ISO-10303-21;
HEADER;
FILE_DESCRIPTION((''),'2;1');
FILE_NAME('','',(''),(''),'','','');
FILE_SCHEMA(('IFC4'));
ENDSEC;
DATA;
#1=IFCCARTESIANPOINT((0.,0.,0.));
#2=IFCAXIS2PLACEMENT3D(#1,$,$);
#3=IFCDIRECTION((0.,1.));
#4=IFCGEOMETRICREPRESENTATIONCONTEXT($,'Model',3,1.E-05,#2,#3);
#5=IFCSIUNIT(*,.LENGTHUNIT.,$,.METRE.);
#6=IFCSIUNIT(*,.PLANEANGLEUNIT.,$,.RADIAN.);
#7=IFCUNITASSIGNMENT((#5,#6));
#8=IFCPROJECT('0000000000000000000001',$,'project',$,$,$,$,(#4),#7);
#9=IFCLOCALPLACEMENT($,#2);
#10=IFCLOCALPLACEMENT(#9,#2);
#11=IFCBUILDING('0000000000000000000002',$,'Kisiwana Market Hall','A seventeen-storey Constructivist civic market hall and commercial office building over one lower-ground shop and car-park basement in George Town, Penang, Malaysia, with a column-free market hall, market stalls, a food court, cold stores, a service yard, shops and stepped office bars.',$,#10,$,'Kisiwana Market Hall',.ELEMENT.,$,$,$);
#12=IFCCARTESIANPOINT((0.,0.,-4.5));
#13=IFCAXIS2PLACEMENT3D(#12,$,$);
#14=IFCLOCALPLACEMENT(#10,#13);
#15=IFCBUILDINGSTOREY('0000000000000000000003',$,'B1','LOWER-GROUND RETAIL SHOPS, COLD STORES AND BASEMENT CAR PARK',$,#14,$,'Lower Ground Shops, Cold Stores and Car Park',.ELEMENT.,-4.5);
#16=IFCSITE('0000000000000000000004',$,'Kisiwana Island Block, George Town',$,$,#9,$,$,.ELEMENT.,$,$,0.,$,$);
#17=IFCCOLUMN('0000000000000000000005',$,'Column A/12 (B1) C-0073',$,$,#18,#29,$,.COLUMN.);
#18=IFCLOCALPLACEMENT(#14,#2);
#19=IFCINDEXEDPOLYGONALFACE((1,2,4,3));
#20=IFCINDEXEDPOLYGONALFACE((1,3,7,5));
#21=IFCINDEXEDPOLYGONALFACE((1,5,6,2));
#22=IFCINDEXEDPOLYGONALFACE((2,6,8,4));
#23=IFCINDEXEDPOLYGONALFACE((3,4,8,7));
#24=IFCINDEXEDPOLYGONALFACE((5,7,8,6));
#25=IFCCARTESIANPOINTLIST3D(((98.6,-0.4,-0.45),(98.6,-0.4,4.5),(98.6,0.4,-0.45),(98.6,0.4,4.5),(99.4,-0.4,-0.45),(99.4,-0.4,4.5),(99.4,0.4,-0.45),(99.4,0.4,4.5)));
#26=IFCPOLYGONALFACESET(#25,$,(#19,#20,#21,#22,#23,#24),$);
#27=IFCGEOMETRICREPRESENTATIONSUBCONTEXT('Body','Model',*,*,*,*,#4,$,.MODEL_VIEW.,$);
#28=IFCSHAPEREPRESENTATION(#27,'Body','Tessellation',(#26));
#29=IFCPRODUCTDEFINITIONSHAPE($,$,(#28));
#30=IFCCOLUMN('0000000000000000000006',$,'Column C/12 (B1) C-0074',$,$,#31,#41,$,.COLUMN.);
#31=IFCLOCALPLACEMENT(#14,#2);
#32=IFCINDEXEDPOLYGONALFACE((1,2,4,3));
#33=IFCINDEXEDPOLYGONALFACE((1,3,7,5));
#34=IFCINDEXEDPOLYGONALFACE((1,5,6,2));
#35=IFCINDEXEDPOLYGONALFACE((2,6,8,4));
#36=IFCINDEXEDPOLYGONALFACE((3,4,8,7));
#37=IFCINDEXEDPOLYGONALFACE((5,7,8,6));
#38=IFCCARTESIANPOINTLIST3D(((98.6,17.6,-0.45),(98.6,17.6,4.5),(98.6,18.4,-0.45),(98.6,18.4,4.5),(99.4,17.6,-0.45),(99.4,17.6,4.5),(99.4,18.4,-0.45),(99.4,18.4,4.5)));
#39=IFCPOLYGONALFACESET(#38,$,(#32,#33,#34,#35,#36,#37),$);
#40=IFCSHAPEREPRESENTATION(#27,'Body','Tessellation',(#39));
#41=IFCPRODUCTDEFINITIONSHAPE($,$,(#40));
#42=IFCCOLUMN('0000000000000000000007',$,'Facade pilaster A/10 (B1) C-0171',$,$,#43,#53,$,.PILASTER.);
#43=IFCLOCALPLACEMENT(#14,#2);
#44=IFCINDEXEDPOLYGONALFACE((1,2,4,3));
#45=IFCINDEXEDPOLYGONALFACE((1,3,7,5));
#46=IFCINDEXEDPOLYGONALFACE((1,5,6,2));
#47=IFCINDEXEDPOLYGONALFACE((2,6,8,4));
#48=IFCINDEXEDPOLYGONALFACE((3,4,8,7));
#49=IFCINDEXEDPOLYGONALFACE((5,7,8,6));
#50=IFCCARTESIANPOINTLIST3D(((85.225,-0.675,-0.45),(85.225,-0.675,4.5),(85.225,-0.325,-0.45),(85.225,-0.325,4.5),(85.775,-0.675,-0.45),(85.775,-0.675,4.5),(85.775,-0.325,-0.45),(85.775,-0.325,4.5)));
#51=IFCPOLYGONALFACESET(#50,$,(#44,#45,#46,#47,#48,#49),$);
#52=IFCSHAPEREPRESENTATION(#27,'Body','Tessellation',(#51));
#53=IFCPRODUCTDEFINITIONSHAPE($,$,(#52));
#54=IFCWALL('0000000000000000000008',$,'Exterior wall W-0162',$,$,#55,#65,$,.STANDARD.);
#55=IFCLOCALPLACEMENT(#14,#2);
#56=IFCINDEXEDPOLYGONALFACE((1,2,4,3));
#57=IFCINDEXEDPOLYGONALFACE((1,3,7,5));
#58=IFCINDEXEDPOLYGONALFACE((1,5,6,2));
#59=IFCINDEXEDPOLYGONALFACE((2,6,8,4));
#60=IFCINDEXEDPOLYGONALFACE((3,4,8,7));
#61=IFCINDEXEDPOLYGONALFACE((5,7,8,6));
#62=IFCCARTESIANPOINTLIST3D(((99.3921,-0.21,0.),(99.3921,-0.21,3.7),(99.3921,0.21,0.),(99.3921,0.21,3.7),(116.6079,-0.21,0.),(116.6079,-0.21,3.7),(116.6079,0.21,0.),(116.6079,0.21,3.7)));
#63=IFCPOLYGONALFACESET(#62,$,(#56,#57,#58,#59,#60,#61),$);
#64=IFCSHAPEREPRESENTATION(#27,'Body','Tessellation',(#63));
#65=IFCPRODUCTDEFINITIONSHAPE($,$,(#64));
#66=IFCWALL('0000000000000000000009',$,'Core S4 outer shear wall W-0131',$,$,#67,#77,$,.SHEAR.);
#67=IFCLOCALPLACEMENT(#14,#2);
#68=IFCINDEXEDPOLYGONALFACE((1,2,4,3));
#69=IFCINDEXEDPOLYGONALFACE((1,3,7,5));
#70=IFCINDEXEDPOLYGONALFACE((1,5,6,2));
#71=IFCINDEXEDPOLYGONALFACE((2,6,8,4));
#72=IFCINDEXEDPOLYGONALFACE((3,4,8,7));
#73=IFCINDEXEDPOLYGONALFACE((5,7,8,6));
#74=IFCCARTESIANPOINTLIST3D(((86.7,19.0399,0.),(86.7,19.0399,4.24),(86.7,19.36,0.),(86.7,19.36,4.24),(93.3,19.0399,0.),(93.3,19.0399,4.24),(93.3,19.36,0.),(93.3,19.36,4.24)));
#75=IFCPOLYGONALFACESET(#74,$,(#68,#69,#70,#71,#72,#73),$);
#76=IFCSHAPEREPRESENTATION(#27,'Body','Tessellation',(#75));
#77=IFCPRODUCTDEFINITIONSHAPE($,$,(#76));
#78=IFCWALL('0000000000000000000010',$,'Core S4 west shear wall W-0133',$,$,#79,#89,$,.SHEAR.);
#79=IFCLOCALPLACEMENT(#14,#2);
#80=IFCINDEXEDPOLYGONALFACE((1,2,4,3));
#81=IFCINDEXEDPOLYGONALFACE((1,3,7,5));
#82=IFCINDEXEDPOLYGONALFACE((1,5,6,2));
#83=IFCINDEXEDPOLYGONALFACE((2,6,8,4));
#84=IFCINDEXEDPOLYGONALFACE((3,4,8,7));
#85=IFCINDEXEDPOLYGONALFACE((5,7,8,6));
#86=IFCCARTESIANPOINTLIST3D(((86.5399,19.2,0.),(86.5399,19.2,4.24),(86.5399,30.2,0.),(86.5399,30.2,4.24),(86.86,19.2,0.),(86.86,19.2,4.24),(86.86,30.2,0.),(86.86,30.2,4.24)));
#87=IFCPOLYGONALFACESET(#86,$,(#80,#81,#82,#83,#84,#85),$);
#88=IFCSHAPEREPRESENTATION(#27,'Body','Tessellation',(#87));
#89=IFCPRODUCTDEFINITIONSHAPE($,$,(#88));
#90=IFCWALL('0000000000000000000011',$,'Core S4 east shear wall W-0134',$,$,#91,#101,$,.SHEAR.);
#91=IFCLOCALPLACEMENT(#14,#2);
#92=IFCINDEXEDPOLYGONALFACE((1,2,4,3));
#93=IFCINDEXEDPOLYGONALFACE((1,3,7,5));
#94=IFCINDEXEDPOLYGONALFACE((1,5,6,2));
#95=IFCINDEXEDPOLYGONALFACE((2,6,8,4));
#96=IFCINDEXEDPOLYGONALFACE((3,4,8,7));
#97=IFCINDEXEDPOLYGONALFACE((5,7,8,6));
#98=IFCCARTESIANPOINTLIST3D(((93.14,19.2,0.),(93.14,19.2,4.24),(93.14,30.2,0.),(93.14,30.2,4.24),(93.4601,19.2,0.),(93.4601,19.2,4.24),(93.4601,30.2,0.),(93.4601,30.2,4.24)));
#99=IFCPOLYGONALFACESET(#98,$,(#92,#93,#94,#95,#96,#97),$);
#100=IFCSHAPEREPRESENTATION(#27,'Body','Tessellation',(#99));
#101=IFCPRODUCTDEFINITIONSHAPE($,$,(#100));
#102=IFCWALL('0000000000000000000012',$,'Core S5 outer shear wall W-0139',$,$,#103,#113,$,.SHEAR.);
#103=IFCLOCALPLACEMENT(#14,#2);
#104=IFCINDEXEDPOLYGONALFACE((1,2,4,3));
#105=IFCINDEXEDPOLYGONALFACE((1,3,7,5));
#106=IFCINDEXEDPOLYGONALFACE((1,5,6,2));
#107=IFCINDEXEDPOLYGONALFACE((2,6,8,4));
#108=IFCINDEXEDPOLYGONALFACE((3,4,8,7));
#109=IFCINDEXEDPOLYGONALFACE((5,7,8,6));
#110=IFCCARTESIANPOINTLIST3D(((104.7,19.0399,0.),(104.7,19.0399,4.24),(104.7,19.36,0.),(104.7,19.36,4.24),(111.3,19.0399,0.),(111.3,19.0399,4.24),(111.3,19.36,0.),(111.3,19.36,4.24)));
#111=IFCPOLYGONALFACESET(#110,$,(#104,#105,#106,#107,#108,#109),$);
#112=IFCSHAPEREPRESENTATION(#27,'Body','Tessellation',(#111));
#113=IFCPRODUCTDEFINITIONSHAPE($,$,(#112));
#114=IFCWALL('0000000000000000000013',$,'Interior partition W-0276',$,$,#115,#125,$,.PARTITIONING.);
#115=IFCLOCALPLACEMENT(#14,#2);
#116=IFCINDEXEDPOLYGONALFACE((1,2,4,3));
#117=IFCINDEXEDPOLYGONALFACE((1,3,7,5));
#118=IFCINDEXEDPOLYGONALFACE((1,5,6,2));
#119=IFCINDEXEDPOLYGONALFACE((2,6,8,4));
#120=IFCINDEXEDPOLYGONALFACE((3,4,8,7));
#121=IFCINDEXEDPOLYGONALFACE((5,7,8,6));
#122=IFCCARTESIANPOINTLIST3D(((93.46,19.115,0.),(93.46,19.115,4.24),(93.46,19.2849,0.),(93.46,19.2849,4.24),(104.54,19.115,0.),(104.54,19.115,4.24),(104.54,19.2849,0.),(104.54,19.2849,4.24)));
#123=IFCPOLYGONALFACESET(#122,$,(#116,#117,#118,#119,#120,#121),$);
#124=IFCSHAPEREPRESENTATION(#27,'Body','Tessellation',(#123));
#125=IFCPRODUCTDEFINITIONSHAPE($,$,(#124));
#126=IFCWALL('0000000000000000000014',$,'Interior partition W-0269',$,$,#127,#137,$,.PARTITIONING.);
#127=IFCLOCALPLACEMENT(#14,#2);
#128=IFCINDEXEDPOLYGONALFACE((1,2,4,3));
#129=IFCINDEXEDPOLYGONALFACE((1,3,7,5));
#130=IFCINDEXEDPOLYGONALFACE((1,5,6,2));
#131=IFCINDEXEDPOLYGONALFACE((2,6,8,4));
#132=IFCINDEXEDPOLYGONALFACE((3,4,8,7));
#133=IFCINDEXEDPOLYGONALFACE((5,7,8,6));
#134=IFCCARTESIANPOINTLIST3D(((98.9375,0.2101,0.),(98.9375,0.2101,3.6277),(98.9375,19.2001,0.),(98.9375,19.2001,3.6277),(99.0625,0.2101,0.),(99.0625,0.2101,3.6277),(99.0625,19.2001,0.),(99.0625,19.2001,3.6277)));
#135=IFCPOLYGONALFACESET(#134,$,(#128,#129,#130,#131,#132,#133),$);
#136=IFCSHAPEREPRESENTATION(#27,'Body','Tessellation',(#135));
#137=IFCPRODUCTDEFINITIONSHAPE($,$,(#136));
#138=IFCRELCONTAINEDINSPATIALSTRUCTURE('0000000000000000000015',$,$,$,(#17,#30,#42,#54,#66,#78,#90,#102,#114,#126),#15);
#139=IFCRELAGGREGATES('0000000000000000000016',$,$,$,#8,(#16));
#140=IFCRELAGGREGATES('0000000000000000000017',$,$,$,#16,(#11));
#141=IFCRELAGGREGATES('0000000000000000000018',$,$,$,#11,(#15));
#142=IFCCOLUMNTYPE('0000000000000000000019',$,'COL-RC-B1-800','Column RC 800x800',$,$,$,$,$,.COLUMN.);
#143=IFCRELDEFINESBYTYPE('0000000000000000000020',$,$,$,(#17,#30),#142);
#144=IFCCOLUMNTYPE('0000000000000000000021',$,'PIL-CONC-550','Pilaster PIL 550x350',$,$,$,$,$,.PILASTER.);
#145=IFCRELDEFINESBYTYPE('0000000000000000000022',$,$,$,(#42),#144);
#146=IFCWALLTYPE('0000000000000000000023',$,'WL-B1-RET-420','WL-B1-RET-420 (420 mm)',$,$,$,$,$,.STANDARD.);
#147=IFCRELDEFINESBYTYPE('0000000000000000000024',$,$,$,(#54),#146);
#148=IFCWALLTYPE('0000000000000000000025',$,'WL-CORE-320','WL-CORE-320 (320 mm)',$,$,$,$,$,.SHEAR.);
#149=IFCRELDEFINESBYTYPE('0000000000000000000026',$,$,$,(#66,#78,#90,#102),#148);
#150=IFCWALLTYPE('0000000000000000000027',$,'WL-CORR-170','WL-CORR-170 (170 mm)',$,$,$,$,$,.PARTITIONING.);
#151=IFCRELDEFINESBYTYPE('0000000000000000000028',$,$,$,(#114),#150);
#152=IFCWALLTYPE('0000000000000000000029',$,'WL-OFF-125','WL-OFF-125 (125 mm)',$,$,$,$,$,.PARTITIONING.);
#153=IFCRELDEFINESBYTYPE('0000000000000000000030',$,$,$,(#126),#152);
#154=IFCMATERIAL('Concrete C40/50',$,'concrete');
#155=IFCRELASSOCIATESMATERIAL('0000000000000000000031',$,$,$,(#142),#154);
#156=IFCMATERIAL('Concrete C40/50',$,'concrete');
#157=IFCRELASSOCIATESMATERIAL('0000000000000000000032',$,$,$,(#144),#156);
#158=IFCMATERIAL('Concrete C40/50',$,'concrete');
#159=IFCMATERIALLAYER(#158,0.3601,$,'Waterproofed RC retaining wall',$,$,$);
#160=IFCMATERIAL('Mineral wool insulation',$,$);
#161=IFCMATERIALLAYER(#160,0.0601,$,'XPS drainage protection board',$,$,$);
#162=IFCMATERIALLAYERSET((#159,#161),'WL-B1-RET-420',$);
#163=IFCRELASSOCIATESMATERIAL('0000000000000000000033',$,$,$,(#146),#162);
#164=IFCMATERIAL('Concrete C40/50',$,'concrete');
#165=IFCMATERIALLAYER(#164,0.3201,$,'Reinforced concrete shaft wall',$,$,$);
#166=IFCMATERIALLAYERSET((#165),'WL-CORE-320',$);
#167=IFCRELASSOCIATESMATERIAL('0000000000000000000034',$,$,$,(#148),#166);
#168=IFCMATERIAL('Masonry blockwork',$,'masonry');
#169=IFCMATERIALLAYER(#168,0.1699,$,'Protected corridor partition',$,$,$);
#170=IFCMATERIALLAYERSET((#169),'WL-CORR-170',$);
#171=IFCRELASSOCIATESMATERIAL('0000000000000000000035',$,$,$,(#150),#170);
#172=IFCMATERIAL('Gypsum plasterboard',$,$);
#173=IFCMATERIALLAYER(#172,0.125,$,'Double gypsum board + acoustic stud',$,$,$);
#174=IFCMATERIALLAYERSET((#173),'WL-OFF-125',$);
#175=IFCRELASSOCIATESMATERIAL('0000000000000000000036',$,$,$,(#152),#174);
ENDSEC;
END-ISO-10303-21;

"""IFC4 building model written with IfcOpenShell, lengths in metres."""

from ifc_helpers import new_model, si_unit, direction, frame, frame_2d, origin, origin_2d, place, context, subcontext, project, spatial, rectangle, extrude, material, layer, layer_set, material_profile, profile_set, type_object, element, save


model = new_model("IFC4")

# Units and contexts
model_context = context("Model", 3, precision=1e-05, world=origin(), true_north=direction((0.0, 1.0)))
body_context = subcontext(model_context, "Body", "Model", "MODEL_VIEW")
ifc_project = project(units=[si_unit("LENGTHUNIT", "METRE"), si_unit("PLANEANGLEUNIT", "RADIAN")], contexts=[model_context])

# Site, building, storey
site_placement = place(None, origin())
site = spatial("IfcSite", under=ifc_project, at=site_placement, Name="Kisiwana Island Block, George Town", CompositionType="ELEMENT", RefElevation=0.0)
building_placement = place(site_placement, origin())
building = spatial("IfcBuilding", under=site, at=building_placement, Name="Kisiwana Market Hall", Description="A seventeen-storey Constructivist civic market hall and commercial office building over one lower-ground shop and car-park basement in George Town, Penang, Malaysia, with a column-free market hall, market stalls, a food court, cold stores, a service yard, shops and stepped office bars.", LongName="Kisiwana Market Hall", CompositionType="ELEMENT")
storey_placement = place(building_placement, frame((0.0, 0.0, -4.5)))
storey = spatial("IfcBuildingStorey", under=building, at=storey_placement, Name="B1", Description="LOWER-GROUND RETAIL SHOPS, COLD STORES AND BASEMENT CAR PARK", LongName="Lower Ground Shops, Cold Stores and Car Park", CompositionType="ELEMENT", Elevation=-4.5)

# Columns
ifc_material_1 = material(Name="Concrete C40/50", Category="concrete")
ifc_material_profile_1 = material_profile(ifc_material_1, rectangle(XDim=0.8, YDim=0.8, at=origin_2d()), Name="RC 800x800")
ifc_profile_set_1 = profile_set([ifc_material_profile_1], Name="Concrete C40/50")
column_type_1 = type_object("IfcColumnType", Name="COL-RC-B1-800", Description="Column RC 800x800", PredefinedType="COLUMN", material=ifc_profile_set_1)
for number, where, z_axis, x_axis, name in (
    (1, (99.0, 0.0, -0.45), (0.0, 0.0, 1.0), (1.0, 0.0, 0.0), "Column A/12 (B1) C-0073"),
    (2, (99.0, 18.0, -0.45), (0.0, 0.0, 1.0), (1.0, 0.0, 0.0), "Column C/12 (B1) C-0074"),
):
    element("IfcColumn", number, at=place(storey_placement, frame(where, z_axis=z_axis, x_axis=x_axis)), inside=storey, type_object=column_type_1, Name=name, PredefinedType="COLUMN", context=body_context, shape_type="SweptSolid", body=[
        extrude(rectangle(XDim=0.8, YDim=0.8, at=origin_2d()), origin(), (0.0, 0.0, 1.0), 4.95),
    ])
ifc_material_2 = material(Name="Concrete C40/50", Category="concrete")
ifc_material_profile_2 = material_profile(ifc_material_2, rectangle(XDim=0.55, YDim=0.3501, at=origin_2d()), Name="PIL 550x350")
ifc_profile_set_2 = profile_set([ifc_material_profile_2], Name="Concrete C40/50")
column_type_2 = type_object("IfcColumnType", Name="PIL-CONC-550", Description="Pilaster PIL 550x350", PredefinedType="PILASTER", material=ifc_profile_set_2)
column_placement = place(storey_placement, frame((85.5, -0.5, -0.45), z_axis=(0.0, 0.0, 1.0), x_axis=(1.0, 0.0, 0.0)))
element("IfcColumn", 3, at=column_placement, inside=storey, type_object=column_type_2, Name="Facade pilaster A/10 (B1) C-0171", PredefinedType="PILASTER", context=body_context, shape_type="SweptSolid", body=[
    extrude(rectangle(XDim=0.55, YDim=0.3501, at=origin_2d()), origin(), (0.0, 0.0, 1.0), 4.95),
])

# Walls
ifc_material_3 = material(Name="Concrete C40/50", Category="concrete")
ifc_layer_1 = layer(ifc_material_3, 0.3601, Name="Waterproofed RC retaining wall")
ifc_material_4 = material(Name="Mineral wool insulation")
ifc_layer_2 = layer(ifc_material_4, 0.0601, Name="XPS drainage protection board")
ifc_layer_set_1 = layer_set([ifc_layer_1, ifc_layer_2], Name="WL-B1-RET-420")
wall_type_1 = type_object("IfcWallType", Name="WL-B1-RET-420", Description="WL-B1-RET-420 (420 mm)", PredefinedType="STANDARD", material=ifc_layer_set_1)
wall_1_placement = place(storey_placement, frame((99.3921, 0.0, 0.0), z_axis=(0.0, 0.0, 1.0), x_axis=(1.0, 0.0, 0.0)))
element("IfcWall", 4, at=wall_1_placement, inside=storey, type_object=wall_type_1, Name="Exterior wall W-0162", PredefinedType="STANDARD", context=body_context, shape_type="SweptSolid", body=[
    extrude(rectangle(XDim=17.2158, YDim=0.4199, at=frame_2d((8.6079, 0.0))), origin(), (0.0, 0.0, 1.0), 3.7),
])
ifc_material_5 = material(Name="Concrete C40/50", Category="concrete")
ifc_layer_3 = layer(ifc_material_5, 0.3201, Name="Reinforced concrete shaft wall")
ifc_layer_set_2 = layer_set([ifc_layer_3], Name="WL-CORE-320")
wall_type_2 = type_object("IfcWallType", Name="WL-CORE-320", Description="WL-CORE-320 (320 mm)", PredefinedType="SHEAR", material=ifc_layer_set_2)
wall_2_placement = place(storey_placement, frame((86.7, 19.2, 0.0), z_axis=(0.0, 0.0, 1.0), x_axis=(1.0, 0.0, 0.0)))
element("IfcWall", 5, at=wall_2_placement, inside=storey, type_object=wall_type_2, Name="Core S4 outer shear wall W-0131", PredefinedType="SHEAR", context=body_context, shape_type="SweptSolid", body=[
    extrude(rectangle(XDim=6.6001, YDim=0.3201, at=frame_2d((3.3, 0.0))), origin(), (0.0, 0.0, 1.0), 4.24),
])
for number, where, z_axis, x_axis, name in (
    (6, (86.7, 19.2, 0.0), (0.0, 0.0, 1.0), (0.0, 1.0, 0.0), "Core S4 west shear wall W-0133"),
    (7, (93.3, 19.2, 0.0), (0.0, 0.0, 1.0), (0.0, 1.0, 0.0), "Core S4 east shear wall W-0134"),
):
    element("IfcWall", number, at=place(storey_placement, frame(where, z_axis=z_axis, x_axis=x_axis)), inside=storey, type_object=wall_type_2, Name=name, PredefinedType="SHEAR", context=body_context, shape_type="SweptSolid", body=[
        extrude(rectangle(XDim=11.0, YDim=0.3201, at=frame_2d((5.5, 0.0))), origin(), (0.0, 0.0, 1.0), 4.24),
    ])
wall_3_placement = place(storey_placement, frame((104.7, 19.2, 0.0), z_axis=(0.0, 0.0, 1.0), x_axis=(1.0, 0.0, 0.0)))
element("IfcWall", 8, at=wall_3_placement, inside=storey, type_object=wall_type_2, Name="Core S5 outer shear wall W-0139", PredefinedType="SHEAR", context=body_context, shape_type="SweptSolid", body=[
    extrude(rectangle(XDim=6.6001, YDim=0.3201, at=frame_2d((3.3, 0.0))), origin(), (0.0, 0.0, 1.0), 4.24),
])
ifc_material_6 = material(Name="Masonry blockwork", Category="masonry")
ifc_layer_4 = layer(ifc_material_6, 0.1699, Name="Protected corridor partition")
ifc_layer_set_3 = layer_set([ifc_layer_4], Name="WL-CORR-170")
wall_type_3 = type_object("IfcWallType", Name="WL-CORR-170", Description="WL-CORR-170 (170 mm)", PredefinedType="PARTITIONING", material=ifc_layer_set_3)
wall_4_placement = place(storey_placement, frame((93.46, 19.2, 0.0), z_axis=(0.0, 0.0, 1.0), x_axis=(1.0, 0.0, 0.0)))
element("IfcWall", 9, at=wall_4_placement, inside=storey, type_object=wall_type_3, Name="Interior partition W-0276", PredefinedType="PARTITIONING", context=body_context, shape_type="SweptSolid", body=[
    extrude(rectangle(XDim=11.0801, YDim=0.1699, at=frame_2d((5.54, 0.0))), origin(), (0.0, 0.0, 1.0), 4.24),
])
ifc_material_7 = material(Name="Gypsum plasterboard")
ifc_layer_5 = layer(ifc_material_7, 0.125, Name="Double gypsum board + acoustic stud")
ifc_layer_set_4 = layer_set([ifc_layer_5], Name="WL-OFF-125")
wall_type_4 = type_object("IfcWallType", Name="WL-OFF-125", Description="WL-OFF-125 (125 mm)", PredefinedType="PARTITIONING", material=ifc_layer_set_4)
wall_5_placement = place(storey_placement, frame((99.0, 0.21, 0.0), z_axis=(0.0, 0.0, 1.0), x_axis=(0.0, 1.0, 0.0)))
element("IfcWall", 10, at=wall_5_placement, inside=storey, type_object=wall_type_4, Name="Interior partition W-0269", PredefinedType="PARTITIONING", context=body_context, shape_type="SweptSolid", body=[
    extrude(rectangle(XDim=18.99, YDim=0.125, at=frame_2d((9.4951, 0.0))), origin(), (0.0, 0.0, 1.0), 3.6277),
])

save(model, "model.ifc")
